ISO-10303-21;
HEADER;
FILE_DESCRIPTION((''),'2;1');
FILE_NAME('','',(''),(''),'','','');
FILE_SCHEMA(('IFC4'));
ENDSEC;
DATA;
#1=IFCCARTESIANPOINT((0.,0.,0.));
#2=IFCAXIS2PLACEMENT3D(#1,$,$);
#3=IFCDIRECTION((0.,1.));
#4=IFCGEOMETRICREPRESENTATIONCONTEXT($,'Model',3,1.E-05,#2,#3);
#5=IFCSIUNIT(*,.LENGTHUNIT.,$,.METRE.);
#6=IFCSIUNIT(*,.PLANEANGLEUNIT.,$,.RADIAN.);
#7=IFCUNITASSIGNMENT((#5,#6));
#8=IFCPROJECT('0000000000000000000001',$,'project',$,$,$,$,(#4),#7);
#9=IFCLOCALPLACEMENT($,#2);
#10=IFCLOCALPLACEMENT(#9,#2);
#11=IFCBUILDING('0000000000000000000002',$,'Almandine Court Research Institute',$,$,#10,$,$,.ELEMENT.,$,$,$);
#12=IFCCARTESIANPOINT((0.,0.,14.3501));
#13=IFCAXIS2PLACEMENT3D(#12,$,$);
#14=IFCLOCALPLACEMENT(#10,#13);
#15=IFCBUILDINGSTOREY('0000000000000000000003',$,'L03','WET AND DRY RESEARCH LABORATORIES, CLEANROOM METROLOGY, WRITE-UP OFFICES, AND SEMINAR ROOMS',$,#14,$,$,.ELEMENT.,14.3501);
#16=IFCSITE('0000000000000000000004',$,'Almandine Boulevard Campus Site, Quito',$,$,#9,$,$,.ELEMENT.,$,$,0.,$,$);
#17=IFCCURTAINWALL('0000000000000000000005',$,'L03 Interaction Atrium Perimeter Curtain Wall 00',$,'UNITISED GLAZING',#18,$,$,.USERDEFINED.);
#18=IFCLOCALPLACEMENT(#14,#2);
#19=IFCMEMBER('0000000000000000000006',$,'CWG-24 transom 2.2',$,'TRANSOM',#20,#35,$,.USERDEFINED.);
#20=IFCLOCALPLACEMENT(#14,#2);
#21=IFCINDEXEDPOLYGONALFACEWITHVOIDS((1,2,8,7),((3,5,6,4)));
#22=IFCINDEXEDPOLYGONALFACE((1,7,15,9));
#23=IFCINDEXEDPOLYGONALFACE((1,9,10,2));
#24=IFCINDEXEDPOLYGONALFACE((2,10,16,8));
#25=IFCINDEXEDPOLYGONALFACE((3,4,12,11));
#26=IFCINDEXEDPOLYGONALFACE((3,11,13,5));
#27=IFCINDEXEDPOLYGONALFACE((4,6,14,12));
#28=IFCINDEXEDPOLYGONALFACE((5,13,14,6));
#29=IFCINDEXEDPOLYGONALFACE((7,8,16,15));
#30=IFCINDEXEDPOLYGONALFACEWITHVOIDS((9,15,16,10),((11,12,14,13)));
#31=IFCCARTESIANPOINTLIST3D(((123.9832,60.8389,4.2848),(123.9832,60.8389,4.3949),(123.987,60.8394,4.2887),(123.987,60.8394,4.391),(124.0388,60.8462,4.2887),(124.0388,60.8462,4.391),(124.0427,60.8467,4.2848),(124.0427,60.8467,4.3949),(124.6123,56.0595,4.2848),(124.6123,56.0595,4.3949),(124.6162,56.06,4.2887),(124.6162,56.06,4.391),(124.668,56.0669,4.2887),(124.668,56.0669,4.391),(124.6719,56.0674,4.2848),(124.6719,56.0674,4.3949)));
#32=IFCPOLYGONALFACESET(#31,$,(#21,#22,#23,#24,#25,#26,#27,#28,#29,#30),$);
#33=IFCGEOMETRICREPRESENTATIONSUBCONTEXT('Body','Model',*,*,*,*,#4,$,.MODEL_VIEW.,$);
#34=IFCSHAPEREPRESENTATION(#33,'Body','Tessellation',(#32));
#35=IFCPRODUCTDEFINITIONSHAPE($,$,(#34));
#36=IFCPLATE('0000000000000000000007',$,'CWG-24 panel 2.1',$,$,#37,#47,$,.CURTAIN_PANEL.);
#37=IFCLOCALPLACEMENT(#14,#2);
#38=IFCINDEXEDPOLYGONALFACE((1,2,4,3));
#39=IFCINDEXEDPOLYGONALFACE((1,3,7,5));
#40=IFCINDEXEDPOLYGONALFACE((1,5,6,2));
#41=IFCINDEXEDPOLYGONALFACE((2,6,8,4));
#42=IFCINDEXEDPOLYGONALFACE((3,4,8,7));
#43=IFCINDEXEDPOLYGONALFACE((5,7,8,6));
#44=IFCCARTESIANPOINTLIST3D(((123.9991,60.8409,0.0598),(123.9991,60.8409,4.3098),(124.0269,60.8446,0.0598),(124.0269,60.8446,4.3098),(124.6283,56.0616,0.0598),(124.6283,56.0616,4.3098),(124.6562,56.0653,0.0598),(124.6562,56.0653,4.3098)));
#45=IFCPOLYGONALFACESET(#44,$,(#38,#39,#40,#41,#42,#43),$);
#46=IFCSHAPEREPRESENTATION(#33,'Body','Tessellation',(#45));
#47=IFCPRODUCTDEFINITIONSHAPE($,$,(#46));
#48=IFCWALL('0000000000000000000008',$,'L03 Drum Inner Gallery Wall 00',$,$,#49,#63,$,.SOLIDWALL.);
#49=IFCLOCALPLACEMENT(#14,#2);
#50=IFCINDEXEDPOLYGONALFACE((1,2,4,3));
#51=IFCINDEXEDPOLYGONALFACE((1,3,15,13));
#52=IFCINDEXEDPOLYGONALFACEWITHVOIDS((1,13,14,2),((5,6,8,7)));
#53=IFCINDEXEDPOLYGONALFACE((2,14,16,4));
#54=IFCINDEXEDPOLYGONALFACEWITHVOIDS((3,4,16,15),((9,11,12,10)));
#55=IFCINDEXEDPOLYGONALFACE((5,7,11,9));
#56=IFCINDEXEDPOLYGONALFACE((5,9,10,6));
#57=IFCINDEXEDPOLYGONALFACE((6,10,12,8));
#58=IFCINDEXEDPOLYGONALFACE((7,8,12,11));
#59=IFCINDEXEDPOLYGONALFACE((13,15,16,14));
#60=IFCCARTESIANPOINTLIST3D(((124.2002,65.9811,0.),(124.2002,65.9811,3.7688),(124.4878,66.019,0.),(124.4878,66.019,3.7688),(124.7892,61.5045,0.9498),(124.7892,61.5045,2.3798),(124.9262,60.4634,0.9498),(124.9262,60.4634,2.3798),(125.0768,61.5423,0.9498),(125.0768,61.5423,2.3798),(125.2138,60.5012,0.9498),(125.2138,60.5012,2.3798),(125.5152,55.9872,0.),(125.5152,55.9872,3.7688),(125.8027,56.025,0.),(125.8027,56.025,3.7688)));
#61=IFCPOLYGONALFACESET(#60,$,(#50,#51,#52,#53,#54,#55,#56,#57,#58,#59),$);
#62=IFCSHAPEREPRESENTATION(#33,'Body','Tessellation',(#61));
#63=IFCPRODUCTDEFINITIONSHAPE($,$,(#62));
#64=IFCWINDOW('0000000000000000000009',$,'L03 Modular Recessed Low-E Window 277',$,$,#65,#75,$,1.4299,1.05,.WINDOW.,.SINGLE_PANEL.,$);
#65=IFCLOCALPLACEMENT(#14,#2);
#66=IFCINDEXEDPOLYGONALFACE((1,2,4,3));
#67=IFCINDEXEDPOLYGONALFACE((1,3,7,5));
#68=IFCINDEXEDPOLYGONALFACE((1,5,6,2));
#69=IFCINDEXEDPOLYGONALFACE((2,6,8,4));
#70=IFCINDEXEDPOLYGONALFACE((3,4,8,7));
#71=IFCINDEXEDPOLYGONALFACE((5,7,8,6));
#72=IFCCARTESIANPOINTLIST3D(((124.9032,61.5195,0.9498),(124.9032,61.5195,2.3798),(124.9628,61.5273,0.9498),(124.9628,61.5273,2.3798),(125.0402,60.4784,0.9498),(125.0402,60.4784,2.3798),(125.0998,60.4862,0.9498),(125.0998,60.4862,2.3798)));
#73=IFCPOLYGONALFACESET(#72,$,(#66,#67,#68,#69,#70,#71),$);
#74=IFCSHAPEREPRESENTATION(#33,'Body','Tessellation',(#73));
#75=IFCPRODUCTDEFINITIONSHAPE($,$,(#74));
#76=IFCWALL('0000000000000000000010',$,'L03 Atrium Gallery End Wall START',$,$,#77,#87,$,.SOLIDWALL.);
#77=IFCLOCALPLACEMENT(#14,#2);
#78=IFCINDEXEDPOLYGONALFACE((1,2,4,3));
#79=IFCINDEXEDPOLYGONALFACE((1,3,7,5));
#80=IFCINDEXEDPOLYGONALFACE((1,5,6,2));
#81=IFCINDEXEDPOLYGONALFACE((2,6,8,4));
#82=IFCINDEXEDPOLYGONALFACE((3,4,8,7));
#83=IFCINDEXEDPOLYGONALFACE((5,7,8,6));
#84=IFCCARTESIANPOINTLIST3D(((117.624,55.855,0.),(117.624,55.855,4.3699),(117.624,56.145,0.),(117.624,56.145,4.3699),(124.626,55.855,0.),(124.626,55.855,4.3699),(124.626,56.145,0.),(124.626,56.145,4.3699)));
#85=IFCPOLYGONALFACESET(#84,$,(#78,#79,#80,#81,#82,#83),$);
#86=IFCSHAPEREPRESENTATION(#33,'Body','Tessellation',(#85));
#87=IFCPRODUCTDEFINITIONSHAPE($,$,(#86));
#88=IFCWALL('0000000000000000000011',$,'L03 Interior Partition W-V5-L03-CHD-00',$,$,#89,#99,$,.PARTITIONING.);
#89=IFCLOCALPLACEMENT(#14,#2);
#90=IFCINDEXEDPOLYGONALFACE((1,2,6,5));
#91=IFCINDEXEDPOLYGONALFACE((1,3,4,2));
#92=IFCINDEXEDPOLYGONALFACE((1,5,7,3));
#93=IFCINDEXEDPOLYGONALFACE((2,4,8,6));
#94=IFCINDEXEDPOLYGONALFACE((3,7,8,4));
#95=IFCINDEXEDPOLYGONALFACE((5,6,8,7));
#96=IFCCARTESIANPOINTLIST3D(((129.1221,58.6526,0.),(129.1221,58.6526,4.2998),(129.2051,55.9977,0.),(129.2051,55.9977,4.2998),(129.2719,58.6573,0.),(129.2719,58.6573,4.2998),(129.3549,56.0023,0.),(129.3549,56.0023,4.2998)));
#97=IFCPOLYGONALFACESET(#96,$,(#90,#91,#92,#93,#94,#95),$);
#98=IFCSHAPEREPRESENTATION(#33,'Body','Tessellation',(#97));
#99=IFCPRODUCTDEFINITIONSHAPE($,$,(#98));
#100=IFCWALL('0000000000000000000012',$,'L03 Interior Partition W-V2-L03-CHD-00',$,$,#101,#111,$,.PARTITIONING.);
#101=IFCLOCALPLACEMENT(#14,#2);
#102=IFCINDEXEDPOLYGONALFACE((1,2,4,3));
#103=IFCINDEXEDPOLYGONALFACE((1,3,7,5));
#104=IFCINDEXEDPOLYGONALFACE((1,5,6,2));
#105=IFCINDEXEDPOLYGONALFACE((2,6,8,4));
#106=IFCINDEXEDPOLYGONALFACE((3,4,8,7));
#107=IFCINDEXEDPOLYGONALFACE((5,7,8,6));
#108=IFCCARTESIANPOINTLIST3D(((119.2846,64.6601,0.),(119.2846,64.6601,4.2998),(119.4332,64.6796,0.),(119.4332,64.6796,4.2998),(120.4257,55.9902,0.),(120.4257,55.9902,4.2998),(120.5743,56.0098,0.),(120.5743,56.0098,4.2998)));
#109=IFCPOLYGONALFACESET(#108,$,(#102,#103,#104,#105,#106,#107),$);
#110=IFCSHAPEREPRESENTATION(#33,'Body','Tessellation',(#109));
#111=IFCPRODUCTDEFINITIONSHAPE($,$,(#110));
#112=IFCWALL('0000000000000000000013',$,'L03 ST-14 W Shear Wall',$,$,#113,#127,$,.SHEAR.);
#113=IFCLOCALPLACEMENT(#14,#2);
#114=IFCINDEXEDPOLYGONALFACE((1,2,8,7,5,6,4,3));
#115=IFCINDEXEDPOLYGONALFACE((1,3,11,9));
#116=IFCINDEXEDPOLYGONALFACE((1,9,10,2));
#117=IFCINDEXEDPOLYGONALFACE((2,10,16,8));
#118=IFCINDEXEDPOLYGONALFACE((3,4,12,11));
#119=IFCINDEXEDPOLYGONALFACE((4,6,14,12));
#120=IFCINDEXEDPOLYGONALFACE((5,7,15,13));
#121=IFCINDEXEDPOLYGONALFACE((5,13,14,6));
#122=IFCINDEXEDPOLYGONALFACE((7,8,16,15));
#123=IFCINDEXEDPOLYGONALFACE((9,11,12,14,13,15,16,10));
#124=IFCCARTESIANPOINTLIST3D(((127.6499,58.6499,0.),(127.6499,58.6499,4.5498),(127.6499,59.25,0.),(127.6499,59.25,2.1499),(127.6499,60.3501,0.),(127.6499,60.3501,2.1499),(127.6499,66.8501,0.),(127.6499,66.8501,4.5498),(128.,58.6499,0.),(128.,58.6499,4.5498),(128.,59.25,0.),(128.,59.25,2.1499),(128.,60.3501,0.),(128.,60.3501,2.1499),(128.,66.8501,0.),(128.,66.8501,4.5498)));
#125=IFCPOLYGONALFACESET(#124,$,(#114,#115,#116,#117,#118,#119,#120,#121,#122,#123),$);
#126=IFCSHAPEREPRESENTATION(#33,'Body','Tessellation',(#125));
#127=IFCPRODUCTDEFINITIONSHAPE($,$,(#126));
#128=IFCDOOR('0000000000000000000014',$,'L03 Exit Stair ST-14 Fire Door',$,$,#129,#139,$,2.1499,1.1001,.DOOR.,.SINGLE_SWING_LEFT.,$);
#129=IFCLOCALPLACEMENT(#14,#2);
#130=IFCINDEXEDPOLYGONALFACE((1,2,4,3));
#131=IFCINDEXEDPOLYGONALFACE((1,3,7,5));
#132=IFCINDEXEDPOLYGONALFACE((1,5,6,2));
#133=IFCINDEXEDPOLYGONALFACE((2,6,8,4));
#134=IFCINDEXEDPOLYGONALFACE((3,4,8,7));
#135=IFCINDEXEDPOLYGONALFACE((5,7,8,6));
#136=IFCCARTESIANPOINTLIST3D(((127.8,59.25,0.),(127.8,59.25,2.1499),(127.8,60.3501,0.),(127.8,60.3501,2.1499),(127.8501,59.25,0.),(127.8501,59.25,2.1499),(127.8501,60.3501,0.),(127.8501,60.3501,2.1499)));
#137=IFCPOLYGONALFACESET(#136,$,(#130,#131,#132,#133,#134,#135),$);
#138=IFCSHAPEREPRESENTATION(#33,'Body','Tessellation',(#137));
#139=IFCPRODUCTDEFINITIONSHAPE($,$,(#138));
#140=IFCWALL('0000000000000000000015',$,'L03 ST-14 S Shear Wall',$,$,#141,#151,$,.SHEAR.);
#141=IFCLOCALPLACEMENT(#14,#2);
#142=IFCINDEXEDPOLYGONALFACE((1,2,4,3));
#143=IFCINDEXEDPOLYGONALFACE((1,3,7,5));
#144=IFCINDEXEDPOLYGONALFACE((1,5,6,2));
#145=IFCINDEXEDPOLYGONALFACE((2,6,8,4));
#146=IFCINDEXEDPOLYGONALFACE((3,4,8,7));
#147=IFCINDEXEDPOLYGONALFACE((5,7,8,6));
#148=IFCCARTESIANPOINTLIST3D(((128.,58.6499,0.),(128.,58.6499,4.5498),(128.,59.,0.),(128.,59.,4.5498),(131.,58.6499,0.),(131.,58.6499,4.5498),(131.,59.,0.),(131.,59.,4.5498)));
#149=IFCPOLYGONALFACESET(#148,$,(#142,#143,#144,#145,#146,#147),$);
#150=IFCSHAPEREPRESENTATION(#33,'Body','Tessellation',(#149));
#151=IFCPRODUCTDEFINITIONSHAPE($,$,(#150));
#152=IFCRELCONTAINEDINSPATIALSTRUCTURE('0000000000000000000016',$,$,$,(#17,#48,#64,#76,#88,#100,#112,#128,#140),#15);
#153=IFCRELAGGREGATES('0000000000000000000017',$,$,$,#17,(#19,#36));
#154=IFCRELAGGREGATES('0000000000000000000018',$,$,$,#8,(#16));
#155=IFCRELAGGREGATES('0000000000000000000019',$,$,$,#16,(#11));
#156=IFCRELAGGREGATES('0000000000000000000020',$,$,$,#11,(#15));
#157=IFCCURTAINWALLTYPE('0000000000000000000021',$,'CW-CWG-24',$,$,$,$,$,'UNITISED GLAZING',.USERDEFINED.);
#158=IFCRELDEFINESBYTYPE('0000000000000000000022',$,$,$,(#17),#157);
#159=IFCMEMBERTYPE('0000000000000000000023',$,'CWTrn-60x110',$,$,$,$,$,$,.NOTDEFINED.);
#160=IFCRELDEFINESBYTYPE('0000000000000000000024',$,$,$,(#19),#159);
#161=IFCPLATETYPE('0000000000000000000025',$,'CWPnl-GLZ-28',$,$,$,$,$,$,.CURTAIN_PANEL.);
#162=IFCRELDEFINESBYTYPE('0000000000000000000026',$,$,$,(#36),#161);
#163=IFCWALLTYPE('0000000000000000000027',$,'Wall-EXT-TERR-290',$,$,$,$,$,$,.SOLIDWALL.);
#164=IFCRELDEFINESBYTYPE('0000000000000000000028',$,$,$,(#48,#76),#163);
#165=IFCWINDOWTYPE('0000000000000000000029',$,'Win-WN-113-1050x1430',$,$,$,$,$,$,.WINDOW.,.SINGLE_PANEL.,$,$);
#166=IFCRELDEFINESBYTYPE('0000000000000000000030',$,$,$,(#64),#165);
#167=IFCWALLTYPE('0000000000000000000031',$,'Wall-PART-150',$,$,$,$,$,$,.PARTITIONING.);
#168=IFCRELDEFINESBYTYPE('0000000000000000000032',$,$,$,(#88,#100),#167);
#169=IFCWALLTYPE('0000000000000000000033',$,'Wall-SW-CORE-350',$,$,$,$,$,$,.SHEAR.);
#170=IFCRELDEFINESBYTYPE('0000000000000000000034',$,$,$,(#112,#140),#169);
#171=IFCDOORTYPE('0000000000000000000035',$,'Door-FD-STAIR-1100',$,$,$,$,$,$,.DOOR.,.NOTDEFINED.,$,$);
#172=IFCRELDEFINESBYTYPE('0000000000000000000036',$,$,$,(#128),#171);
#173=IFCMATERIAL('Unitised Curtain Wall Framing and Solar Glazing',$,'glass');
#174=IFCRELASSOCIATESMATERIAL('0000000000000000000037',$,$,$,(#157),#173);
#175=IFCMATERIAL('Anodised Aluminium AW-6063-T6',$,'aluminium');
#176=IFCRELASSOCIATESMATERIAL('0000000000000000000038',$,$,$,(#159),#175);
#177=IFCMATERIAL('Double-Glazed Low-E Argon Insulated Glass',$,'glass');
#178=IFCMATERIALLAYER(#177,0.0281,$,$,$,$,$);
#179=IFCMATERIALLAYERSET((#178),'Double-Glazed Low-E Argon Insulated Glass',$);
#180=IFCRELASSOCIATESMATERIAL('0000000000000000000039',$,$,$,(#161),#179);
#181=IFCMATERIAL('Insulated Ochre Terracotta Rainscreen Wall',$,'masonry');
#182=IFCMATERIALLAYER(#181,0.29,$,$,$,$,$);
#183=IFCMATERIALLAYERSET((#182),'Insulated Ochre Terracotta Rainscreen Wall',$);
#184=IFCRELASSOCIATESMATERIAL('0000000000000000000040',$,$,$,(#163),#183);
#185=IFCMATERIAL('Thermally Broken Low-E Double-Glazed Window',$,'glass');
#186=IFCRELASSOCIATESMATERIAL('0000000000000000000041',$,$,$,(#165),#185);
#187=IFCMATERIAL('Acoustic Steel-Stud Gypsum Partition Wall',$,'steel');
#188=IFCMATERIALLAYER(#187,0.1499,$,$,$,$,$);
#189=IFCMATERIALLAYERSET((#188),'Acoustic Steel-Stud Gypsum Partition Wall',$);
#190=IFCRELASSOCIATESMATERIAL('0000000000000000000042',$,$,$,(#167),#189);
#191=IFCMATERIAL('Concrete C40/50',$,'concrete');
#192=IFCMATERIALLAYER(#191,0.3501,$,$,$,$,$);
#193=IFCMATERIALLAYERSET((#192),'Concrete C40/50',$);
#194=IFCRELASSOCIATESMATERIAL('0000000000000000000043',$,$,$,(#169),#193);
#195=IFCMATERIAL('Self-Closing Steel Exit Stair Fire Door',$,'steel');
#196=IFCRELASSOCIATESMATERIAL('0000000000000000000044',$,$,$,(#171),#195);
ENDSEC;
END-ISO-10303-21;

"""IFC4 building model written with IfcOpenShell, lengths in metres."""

from ifc_helpers import new_model, si_unit, direction, frame, frame_2d, origin, origin_2d, place, context, subcontext, project, spatial, rectangle, hollow_rectangle, extrude, material, layer, layer_set, material_profile, profile_set, type_object, element, fill, aggregate, save


model = new_model("IFC4")

# Units and contexts
model_context = context("Model", 3, precision=1e-05, world=origin(), true_north=direction((0.0, 1.0)))
body_context = subcontext(model_context, "Body", "Model", "MODEL_VIEW")
ifc_project = project(units=[si_unit("LENGTHUNIT", "METRE"), si_unit("PLANEANGLEUNIT", "RADIAN")], contexts=[model_context])

# Site, building, storey
site_placement = place(None, origin())
site = spatial("IfcSite", under=ifc_project, at=site_placement, Name="Almandine Boulevard Campus Site, Quito", CompositionType="ELEMENT", RefElevation=0.0)
building_placement = place(site_placement, origin())
building = spatial("IfcBuilding", under=site, at=building_placement, Name="Almandine Court Research Institute", CompositionType="ELEMENT")
storey_placement = place(building_placement, frame((0.0, 0.0, 14.3501)))
storey = spatial("IfcBuildingStorey", under=building, at=storey_placement, Name="L03", Description="WET AND DRY RESEARCH LABORATORIES, CLEANROOM METROLOGY, WRITE-UP OFFICES, AND SEMINAR ROOMS", CompositionType="ELEMENT", Elevation=14.3501)

# Curtain wall, member, plate
ifc_material_1 = material(Name="Unitised Curtain Wall Framing and Solar Glazing", Category="glass")
curtain_wall_type = type_object("IfcCurtainWallType", Name="CW-CWG-24", ElementType="UNITISED GLAZING", PredefinedType="USERDEFINED", material=ifc_material_1)
curtain_wall_placement = place(storey_placement, origin())
curtain_wall = element("IfcCurtainWall", 1, at=curtain_wall_placement, inside=storey, type_object=curtain_wall_type, Name="L03 Interaction Atrium Perimeter Curtain Wall 00", ObjectType="UNITISED GLAZING", PredefinedType="USERDEFINED")
ifc_material_2 = material(Name="Anodised Aluminium AW-6063-T6", Category="aluminium")
ifc_material_profile_1 = material_profile(ifc_material_2, hollow_rectangle(XDim=0.0601, YDim=0.1101, WallThickness=0.0039, at=origin_2d()), Name="ALU RHS 60x110x4")
ifc_profile_set_1 = profile_set([ifc_material_profile_1], Name="Anodised Aluminium AW-6063-T6")
member_type_1 = type_object("IfcMemberType", Name="CWTrn-60x110", PredefinedType="NOTDEFINED", material=ifc_profile_set_1)
member_1_placement = place(storey_placement, frame((124.0129, 60.8428, 4.3398), z_axis=(0.130515, -0.991446, 0.0), x_axis=(0.991446, 0.130515, 0.0)))
member_1 = element("IfcMember", 2, at=member_1_placement, type_object=member_type_1, Name="CWG-24 transom 2.2", ObjectType="TRANSOM", PredefinedType="USERDEFINED", context=body_context, shape_type="SweptSolid", body=[
    extrude(hollow_rectangle(XDim=0.0601, YDim=0.1101, WallThickness=0.0039, at=origin_2d()), origin(), (0.0, 0.0, 1.0), 4.8206),
])
ifc_material_3 = material(Name="Double-Glazed Low-E Argon Insulated Glass", Category="glass")
ifc_layer_1 = layer(ifc_material_3, 0.0281)
ifc_layer_set_1 = layer_set([ifc_layer_1], Name="Double-Glazed Low-E Argon Insulated Glass")
plate_type = type_object("IfcPlateType", Name="CWPnl-GLZ-28", PredefinedType="CURTAIN_PANEL", material=ifc_layer_set_1)
plate_placement = place(storey_placement, frame((124.3276, 58.4531, 0.0598), z_axis=(0.0, 0.0, 1.0), x_axis=(0.130536, -0.991444, 0.0)))
plate = element("IfcPlate", 3, at=plate_placement, type_object=plate_type, Name="CWG-24 panel 2.1", PredefinedType="CURTAIN_PANEL", context=body_context, shape_type="SweptSolid", body=[
    extrude(rectangle(XDim=4.8206, YDim=0.0281, at=origin_2d()), origin(), (0.0, 0.0, 1.0), 4.25),
])
aggregate(curtain_wall, [member_1, plate])

# Wall, opening, window
ifc_material_4 = material(Name="Insulated Ochre Terracotta Rainscreen Wall", Category="masonry")
ifc_layer_2 = layer(ifc_material_4, 0.29)
ifc_layer_set_2 = layer_set([ifc_layer_2], Name="Insulated Ochre Terracotta Rainscreen Wall")
wall_type_1 = type_object("IfcWallType", Name="Wall-EXT-TERR-290", PredefinedType="SOLIDWALL", material=ifc_layer_set_2)
wall_1_placement = place(storey_placement, frame((125.6589, 56.0061, 0.0), z_axis=(0.0, 0.0, 1.0), x_axis=(-0.13045, 0.991455, 0.0)))
wall_1 = element("IfcWall", 4, at=wall_1_placement, inside=storey, type_object=wall_type_1, Name="L03 Drum Inner Gallery Wall 00", PredefinedType="SOLIDWALL", context=body_context, shape_type="SweptSolid", body=[
    extrude(rectangle(XDim=10.0801, YDim=0.29, at=frame_2d((5.04, 0.0))), origin(), (0.0, 0.0, 1.0), 3.7688),
])
opening_1_placement = place(wall_1_placement, frame((4.5149, 0.0, 0.95)))
opening_1 = element("IfcOpeningElement", 5, at=opening_1_placement, cuts=wall_1, PredefinedType="OPENING", context=body_context, shape_type="SweptSolid", body=[
    extrude(rectangle(XDim=1.05, YDim=1.4299, at=frame_2d((0.5249, 0.7148))), frame((0.0, 0.155, 0.0), z_axis=(0.0, -1.0, 0.0), x_axis=(1.0, 0.0, 0.0)), (0.0, 0.0, 1.0), 0.3101),
])
ifc_material_5 = material(Name="Thermally Broken Low-E Double-Glazed Window", Category="glass")
window_type = type_object("IfcWindowType", Name="Win-WN-113-1050x1430", PartitioningType="SINGLE_PANEL", PredefinedType="WINDOW", material=ifc_material_5)
window_placement = place(opening_1_placement, origin())
window = element("IfcWindow", 6, at=window_placement, inside=storey, type_object=window_type, Name="L03 Modular Recessed Low-E Window 277", OverallHeight=1.4299, OverallWidth=1.05, PartitioningType="SINGLE_PANEL", PredefinedType="WINDOW", context=body_context, shape_type="SweptSolid", body=[
    extrude(rectangle(XDim=1.05, YDim=1.4299, at=frame_2d((0.5249, 0.7148))), frame((0.0, 0.03, 0.0), z_axis=(0.0, -1.0, 0.0), x_axis=(1.0, 0.0, 0.0)), (0.0, 0.0, 1.0), 0.0601),
])
fill(opening_1, window)

# Walls
wall_2_placement = place(storey_placement, frame((117.624, 56.0, 0.0), z_axis=(0.0, 0.0, 1.0), x_axis=(1.0, 0.0, 0.0)))
element("IfcWall", 7, at=wall_2_placement, inside=storey, type_object=wall_type_1, Name="L03 Atrium Gallery End Wall START", PredefinedType="SOLIDWALL", context=body_context, shape_type="SweptSolid", body=[
    extrude(rectangle(XDim=7.002, YDim=0.29, at=frame_2d((3.501, 0.0))), origin(), (0.0, 0.0, 1.0), 4.3699),
])
ifc_material_6 = material(Name="Acoustic Steel-Stud Gypsum Partition Wall", Category="steel")
ifc_layer_3 = layer(ifc_material_6, 0.1499)
ifc_layer_set_3 = layer_set([ifc_layer_3], Name="Acoustic Steel-Stud Gypsum Partition Wall")
wall_type_2 = type_object("IfcWallType", Name="Wall-PART-150", PredefinedType="PARTITIONING", material=ifc_layer_set_3)
wall_3_placement = place(storey_placement, frame((129.28, 56.0, 0.0), z_axis=(0.0, 0.0, 1.0), x_axis=(-0.031249, 0.999512, 0.0)))
element("IfcWall", 8, at=wall_3_placement, inside=storey, type_object=wall_type_2, Name="L03 Interior Partition W-V5-L03-CHD-00", PredefinedType="PARTITIONING", context=body_context, shape_type="SweptSolid", body=[
    extrude(rectangle(XDim=2.6562, YDim=0.1499, at=frame_2d((1.3281, 0.0))), origin(), (0.0, 0.0, 1.0), 4.2998),
])
wall_4_placement = place(storey_placement, frame((120.5, 56.0, 0.0), z_axis=(0.0, 0.0, 1.0), x_axis=(-0.130492, 0.991449, 0.0)))
element("IfcWall", 9, at=wall_4_placement, inside=storey, type_object=wall_type_2, Name="L03 Interior Partition W-V2-L03-CHD-00", PredefinedType="PARTITIONING", context=body_context, shape_type="SweptSolid", body=[
    extrude(rectangle(XDim=8.7446, YDim=0.1499, at=frame_2d((4.3723, 0.0))), origin(), (0.0, 0.0, 1.0), 4.2998),
])

# Wall, opening, door
ifc_material_7 = material(Name="Concrete C40/50", Category="concrete")
ifc_layer_4 = layer(ifc_material_7, 0.3501)
ifc_layer_set_4 = layer_set([ifc_layer_4], Name="Concrete C40/50")
wall_type_3 = type_object("IfcWallType", Name="Wall-SW-CORE-350", PredefinedType="SHEAR", material=ifc_layer_set_4)
wall_5_placement = place(storey_placement, frame((127.825, 58.6499, 0.0), z_axis=(0.0, 0.0, 1.0), x_axis=(0.0, 1.0, 0.0)))
wall_5 = element("IfcWall", 10, at=wall_5_placement, inside=storey, type_object=wall_type_3, Name="L03 ST-14 W Shear Wall", PredefinedType="SHEAR", context=body_context, shape_type="SweptSolid", body=[
    extrude(rectangle(XDim=8.2002, YDim=0.3501, at=frame_2d((4.1001, 0.0))), origin(), (0.0, 0.0, 1.0), 4.5498),
])
opening_2_placement = place(wall_5_placement, frame((0.6001, 0.0, 0.0)))
opening_2 = element("IfcOpeningElement", 11, at=opening_2_placement, cuts=wall_5, PredefinedType="OPENING", context=body_context, shape_type="SweptSolid", body=[
    extrude(rectangle(XDim=1.1001, YDim=2.1499, at=frame_2d((0.55, 1.075))), frame((0.0, 0.1851, 0.0), z_axis=(0.0, -1.0, 0.0), x_axis=(1.0, 0.0, 0.0)), (0.0, 0.0, 1.0), 0.3701),
])
ifc_material_8 = material(Name="Self-Closing Steel Exit Stair Fire Door", Category="steel")
door_type = type_object("IfcDoorType", Name="Door-FD-STAIR-1100", OperationType="NOTDEFINED", PredefinedType="DOOR", material=ifc_material_8)
door_placement = place(opening_2_placement, origin())
door = element("IfcDoor", 12, at=door_placement, inside=storey, type_object=door_type, Name="L03 Exit Stair ST-14 Fire Door", OperationType="SINGLE_SWING_LEFT", OverallHeight=2.1499, OverallWidth=1.1001, PredefinedType="DOOR", context=body_context, shape_type="SweptSolid", body=[
    extrude(rectangle(XDim=1.1001, YDim=2.1499, at=frame_2d((0.55, 1.075))), frame((0.0, 0.0249, 0.0), z_axis=(0.0, -1.0, 0.0), x_axis=(1.0, 0.0, 0.0)), (0.0, 0.0, 1.0), 0.05),
])
fill(opening_2, door)

# Wall
wall_6_placement = place(storey_placement, frame((131.0, 58.825, 0.0), z_axis=(0.0, 0.0, 1.0), x_axis=(-1.0, 0.0, 0.0)))
element("IfcWall", 13, at=wall_6_placement, inside=storey, type_object=wall_type_3, Name="L03 ST-14 S Shear Wall", PredefinedType="SHEAR", context=body_context, shape_type="SweptSolid", body=[
    extrude(rectangle(XDim=3.0, YDim=0.3501, at=frame_2d((1.5, 0.0))), origin(), (0.0, 0.0, 1.0), 4.5498),
])

save(model, "model.ifc")
